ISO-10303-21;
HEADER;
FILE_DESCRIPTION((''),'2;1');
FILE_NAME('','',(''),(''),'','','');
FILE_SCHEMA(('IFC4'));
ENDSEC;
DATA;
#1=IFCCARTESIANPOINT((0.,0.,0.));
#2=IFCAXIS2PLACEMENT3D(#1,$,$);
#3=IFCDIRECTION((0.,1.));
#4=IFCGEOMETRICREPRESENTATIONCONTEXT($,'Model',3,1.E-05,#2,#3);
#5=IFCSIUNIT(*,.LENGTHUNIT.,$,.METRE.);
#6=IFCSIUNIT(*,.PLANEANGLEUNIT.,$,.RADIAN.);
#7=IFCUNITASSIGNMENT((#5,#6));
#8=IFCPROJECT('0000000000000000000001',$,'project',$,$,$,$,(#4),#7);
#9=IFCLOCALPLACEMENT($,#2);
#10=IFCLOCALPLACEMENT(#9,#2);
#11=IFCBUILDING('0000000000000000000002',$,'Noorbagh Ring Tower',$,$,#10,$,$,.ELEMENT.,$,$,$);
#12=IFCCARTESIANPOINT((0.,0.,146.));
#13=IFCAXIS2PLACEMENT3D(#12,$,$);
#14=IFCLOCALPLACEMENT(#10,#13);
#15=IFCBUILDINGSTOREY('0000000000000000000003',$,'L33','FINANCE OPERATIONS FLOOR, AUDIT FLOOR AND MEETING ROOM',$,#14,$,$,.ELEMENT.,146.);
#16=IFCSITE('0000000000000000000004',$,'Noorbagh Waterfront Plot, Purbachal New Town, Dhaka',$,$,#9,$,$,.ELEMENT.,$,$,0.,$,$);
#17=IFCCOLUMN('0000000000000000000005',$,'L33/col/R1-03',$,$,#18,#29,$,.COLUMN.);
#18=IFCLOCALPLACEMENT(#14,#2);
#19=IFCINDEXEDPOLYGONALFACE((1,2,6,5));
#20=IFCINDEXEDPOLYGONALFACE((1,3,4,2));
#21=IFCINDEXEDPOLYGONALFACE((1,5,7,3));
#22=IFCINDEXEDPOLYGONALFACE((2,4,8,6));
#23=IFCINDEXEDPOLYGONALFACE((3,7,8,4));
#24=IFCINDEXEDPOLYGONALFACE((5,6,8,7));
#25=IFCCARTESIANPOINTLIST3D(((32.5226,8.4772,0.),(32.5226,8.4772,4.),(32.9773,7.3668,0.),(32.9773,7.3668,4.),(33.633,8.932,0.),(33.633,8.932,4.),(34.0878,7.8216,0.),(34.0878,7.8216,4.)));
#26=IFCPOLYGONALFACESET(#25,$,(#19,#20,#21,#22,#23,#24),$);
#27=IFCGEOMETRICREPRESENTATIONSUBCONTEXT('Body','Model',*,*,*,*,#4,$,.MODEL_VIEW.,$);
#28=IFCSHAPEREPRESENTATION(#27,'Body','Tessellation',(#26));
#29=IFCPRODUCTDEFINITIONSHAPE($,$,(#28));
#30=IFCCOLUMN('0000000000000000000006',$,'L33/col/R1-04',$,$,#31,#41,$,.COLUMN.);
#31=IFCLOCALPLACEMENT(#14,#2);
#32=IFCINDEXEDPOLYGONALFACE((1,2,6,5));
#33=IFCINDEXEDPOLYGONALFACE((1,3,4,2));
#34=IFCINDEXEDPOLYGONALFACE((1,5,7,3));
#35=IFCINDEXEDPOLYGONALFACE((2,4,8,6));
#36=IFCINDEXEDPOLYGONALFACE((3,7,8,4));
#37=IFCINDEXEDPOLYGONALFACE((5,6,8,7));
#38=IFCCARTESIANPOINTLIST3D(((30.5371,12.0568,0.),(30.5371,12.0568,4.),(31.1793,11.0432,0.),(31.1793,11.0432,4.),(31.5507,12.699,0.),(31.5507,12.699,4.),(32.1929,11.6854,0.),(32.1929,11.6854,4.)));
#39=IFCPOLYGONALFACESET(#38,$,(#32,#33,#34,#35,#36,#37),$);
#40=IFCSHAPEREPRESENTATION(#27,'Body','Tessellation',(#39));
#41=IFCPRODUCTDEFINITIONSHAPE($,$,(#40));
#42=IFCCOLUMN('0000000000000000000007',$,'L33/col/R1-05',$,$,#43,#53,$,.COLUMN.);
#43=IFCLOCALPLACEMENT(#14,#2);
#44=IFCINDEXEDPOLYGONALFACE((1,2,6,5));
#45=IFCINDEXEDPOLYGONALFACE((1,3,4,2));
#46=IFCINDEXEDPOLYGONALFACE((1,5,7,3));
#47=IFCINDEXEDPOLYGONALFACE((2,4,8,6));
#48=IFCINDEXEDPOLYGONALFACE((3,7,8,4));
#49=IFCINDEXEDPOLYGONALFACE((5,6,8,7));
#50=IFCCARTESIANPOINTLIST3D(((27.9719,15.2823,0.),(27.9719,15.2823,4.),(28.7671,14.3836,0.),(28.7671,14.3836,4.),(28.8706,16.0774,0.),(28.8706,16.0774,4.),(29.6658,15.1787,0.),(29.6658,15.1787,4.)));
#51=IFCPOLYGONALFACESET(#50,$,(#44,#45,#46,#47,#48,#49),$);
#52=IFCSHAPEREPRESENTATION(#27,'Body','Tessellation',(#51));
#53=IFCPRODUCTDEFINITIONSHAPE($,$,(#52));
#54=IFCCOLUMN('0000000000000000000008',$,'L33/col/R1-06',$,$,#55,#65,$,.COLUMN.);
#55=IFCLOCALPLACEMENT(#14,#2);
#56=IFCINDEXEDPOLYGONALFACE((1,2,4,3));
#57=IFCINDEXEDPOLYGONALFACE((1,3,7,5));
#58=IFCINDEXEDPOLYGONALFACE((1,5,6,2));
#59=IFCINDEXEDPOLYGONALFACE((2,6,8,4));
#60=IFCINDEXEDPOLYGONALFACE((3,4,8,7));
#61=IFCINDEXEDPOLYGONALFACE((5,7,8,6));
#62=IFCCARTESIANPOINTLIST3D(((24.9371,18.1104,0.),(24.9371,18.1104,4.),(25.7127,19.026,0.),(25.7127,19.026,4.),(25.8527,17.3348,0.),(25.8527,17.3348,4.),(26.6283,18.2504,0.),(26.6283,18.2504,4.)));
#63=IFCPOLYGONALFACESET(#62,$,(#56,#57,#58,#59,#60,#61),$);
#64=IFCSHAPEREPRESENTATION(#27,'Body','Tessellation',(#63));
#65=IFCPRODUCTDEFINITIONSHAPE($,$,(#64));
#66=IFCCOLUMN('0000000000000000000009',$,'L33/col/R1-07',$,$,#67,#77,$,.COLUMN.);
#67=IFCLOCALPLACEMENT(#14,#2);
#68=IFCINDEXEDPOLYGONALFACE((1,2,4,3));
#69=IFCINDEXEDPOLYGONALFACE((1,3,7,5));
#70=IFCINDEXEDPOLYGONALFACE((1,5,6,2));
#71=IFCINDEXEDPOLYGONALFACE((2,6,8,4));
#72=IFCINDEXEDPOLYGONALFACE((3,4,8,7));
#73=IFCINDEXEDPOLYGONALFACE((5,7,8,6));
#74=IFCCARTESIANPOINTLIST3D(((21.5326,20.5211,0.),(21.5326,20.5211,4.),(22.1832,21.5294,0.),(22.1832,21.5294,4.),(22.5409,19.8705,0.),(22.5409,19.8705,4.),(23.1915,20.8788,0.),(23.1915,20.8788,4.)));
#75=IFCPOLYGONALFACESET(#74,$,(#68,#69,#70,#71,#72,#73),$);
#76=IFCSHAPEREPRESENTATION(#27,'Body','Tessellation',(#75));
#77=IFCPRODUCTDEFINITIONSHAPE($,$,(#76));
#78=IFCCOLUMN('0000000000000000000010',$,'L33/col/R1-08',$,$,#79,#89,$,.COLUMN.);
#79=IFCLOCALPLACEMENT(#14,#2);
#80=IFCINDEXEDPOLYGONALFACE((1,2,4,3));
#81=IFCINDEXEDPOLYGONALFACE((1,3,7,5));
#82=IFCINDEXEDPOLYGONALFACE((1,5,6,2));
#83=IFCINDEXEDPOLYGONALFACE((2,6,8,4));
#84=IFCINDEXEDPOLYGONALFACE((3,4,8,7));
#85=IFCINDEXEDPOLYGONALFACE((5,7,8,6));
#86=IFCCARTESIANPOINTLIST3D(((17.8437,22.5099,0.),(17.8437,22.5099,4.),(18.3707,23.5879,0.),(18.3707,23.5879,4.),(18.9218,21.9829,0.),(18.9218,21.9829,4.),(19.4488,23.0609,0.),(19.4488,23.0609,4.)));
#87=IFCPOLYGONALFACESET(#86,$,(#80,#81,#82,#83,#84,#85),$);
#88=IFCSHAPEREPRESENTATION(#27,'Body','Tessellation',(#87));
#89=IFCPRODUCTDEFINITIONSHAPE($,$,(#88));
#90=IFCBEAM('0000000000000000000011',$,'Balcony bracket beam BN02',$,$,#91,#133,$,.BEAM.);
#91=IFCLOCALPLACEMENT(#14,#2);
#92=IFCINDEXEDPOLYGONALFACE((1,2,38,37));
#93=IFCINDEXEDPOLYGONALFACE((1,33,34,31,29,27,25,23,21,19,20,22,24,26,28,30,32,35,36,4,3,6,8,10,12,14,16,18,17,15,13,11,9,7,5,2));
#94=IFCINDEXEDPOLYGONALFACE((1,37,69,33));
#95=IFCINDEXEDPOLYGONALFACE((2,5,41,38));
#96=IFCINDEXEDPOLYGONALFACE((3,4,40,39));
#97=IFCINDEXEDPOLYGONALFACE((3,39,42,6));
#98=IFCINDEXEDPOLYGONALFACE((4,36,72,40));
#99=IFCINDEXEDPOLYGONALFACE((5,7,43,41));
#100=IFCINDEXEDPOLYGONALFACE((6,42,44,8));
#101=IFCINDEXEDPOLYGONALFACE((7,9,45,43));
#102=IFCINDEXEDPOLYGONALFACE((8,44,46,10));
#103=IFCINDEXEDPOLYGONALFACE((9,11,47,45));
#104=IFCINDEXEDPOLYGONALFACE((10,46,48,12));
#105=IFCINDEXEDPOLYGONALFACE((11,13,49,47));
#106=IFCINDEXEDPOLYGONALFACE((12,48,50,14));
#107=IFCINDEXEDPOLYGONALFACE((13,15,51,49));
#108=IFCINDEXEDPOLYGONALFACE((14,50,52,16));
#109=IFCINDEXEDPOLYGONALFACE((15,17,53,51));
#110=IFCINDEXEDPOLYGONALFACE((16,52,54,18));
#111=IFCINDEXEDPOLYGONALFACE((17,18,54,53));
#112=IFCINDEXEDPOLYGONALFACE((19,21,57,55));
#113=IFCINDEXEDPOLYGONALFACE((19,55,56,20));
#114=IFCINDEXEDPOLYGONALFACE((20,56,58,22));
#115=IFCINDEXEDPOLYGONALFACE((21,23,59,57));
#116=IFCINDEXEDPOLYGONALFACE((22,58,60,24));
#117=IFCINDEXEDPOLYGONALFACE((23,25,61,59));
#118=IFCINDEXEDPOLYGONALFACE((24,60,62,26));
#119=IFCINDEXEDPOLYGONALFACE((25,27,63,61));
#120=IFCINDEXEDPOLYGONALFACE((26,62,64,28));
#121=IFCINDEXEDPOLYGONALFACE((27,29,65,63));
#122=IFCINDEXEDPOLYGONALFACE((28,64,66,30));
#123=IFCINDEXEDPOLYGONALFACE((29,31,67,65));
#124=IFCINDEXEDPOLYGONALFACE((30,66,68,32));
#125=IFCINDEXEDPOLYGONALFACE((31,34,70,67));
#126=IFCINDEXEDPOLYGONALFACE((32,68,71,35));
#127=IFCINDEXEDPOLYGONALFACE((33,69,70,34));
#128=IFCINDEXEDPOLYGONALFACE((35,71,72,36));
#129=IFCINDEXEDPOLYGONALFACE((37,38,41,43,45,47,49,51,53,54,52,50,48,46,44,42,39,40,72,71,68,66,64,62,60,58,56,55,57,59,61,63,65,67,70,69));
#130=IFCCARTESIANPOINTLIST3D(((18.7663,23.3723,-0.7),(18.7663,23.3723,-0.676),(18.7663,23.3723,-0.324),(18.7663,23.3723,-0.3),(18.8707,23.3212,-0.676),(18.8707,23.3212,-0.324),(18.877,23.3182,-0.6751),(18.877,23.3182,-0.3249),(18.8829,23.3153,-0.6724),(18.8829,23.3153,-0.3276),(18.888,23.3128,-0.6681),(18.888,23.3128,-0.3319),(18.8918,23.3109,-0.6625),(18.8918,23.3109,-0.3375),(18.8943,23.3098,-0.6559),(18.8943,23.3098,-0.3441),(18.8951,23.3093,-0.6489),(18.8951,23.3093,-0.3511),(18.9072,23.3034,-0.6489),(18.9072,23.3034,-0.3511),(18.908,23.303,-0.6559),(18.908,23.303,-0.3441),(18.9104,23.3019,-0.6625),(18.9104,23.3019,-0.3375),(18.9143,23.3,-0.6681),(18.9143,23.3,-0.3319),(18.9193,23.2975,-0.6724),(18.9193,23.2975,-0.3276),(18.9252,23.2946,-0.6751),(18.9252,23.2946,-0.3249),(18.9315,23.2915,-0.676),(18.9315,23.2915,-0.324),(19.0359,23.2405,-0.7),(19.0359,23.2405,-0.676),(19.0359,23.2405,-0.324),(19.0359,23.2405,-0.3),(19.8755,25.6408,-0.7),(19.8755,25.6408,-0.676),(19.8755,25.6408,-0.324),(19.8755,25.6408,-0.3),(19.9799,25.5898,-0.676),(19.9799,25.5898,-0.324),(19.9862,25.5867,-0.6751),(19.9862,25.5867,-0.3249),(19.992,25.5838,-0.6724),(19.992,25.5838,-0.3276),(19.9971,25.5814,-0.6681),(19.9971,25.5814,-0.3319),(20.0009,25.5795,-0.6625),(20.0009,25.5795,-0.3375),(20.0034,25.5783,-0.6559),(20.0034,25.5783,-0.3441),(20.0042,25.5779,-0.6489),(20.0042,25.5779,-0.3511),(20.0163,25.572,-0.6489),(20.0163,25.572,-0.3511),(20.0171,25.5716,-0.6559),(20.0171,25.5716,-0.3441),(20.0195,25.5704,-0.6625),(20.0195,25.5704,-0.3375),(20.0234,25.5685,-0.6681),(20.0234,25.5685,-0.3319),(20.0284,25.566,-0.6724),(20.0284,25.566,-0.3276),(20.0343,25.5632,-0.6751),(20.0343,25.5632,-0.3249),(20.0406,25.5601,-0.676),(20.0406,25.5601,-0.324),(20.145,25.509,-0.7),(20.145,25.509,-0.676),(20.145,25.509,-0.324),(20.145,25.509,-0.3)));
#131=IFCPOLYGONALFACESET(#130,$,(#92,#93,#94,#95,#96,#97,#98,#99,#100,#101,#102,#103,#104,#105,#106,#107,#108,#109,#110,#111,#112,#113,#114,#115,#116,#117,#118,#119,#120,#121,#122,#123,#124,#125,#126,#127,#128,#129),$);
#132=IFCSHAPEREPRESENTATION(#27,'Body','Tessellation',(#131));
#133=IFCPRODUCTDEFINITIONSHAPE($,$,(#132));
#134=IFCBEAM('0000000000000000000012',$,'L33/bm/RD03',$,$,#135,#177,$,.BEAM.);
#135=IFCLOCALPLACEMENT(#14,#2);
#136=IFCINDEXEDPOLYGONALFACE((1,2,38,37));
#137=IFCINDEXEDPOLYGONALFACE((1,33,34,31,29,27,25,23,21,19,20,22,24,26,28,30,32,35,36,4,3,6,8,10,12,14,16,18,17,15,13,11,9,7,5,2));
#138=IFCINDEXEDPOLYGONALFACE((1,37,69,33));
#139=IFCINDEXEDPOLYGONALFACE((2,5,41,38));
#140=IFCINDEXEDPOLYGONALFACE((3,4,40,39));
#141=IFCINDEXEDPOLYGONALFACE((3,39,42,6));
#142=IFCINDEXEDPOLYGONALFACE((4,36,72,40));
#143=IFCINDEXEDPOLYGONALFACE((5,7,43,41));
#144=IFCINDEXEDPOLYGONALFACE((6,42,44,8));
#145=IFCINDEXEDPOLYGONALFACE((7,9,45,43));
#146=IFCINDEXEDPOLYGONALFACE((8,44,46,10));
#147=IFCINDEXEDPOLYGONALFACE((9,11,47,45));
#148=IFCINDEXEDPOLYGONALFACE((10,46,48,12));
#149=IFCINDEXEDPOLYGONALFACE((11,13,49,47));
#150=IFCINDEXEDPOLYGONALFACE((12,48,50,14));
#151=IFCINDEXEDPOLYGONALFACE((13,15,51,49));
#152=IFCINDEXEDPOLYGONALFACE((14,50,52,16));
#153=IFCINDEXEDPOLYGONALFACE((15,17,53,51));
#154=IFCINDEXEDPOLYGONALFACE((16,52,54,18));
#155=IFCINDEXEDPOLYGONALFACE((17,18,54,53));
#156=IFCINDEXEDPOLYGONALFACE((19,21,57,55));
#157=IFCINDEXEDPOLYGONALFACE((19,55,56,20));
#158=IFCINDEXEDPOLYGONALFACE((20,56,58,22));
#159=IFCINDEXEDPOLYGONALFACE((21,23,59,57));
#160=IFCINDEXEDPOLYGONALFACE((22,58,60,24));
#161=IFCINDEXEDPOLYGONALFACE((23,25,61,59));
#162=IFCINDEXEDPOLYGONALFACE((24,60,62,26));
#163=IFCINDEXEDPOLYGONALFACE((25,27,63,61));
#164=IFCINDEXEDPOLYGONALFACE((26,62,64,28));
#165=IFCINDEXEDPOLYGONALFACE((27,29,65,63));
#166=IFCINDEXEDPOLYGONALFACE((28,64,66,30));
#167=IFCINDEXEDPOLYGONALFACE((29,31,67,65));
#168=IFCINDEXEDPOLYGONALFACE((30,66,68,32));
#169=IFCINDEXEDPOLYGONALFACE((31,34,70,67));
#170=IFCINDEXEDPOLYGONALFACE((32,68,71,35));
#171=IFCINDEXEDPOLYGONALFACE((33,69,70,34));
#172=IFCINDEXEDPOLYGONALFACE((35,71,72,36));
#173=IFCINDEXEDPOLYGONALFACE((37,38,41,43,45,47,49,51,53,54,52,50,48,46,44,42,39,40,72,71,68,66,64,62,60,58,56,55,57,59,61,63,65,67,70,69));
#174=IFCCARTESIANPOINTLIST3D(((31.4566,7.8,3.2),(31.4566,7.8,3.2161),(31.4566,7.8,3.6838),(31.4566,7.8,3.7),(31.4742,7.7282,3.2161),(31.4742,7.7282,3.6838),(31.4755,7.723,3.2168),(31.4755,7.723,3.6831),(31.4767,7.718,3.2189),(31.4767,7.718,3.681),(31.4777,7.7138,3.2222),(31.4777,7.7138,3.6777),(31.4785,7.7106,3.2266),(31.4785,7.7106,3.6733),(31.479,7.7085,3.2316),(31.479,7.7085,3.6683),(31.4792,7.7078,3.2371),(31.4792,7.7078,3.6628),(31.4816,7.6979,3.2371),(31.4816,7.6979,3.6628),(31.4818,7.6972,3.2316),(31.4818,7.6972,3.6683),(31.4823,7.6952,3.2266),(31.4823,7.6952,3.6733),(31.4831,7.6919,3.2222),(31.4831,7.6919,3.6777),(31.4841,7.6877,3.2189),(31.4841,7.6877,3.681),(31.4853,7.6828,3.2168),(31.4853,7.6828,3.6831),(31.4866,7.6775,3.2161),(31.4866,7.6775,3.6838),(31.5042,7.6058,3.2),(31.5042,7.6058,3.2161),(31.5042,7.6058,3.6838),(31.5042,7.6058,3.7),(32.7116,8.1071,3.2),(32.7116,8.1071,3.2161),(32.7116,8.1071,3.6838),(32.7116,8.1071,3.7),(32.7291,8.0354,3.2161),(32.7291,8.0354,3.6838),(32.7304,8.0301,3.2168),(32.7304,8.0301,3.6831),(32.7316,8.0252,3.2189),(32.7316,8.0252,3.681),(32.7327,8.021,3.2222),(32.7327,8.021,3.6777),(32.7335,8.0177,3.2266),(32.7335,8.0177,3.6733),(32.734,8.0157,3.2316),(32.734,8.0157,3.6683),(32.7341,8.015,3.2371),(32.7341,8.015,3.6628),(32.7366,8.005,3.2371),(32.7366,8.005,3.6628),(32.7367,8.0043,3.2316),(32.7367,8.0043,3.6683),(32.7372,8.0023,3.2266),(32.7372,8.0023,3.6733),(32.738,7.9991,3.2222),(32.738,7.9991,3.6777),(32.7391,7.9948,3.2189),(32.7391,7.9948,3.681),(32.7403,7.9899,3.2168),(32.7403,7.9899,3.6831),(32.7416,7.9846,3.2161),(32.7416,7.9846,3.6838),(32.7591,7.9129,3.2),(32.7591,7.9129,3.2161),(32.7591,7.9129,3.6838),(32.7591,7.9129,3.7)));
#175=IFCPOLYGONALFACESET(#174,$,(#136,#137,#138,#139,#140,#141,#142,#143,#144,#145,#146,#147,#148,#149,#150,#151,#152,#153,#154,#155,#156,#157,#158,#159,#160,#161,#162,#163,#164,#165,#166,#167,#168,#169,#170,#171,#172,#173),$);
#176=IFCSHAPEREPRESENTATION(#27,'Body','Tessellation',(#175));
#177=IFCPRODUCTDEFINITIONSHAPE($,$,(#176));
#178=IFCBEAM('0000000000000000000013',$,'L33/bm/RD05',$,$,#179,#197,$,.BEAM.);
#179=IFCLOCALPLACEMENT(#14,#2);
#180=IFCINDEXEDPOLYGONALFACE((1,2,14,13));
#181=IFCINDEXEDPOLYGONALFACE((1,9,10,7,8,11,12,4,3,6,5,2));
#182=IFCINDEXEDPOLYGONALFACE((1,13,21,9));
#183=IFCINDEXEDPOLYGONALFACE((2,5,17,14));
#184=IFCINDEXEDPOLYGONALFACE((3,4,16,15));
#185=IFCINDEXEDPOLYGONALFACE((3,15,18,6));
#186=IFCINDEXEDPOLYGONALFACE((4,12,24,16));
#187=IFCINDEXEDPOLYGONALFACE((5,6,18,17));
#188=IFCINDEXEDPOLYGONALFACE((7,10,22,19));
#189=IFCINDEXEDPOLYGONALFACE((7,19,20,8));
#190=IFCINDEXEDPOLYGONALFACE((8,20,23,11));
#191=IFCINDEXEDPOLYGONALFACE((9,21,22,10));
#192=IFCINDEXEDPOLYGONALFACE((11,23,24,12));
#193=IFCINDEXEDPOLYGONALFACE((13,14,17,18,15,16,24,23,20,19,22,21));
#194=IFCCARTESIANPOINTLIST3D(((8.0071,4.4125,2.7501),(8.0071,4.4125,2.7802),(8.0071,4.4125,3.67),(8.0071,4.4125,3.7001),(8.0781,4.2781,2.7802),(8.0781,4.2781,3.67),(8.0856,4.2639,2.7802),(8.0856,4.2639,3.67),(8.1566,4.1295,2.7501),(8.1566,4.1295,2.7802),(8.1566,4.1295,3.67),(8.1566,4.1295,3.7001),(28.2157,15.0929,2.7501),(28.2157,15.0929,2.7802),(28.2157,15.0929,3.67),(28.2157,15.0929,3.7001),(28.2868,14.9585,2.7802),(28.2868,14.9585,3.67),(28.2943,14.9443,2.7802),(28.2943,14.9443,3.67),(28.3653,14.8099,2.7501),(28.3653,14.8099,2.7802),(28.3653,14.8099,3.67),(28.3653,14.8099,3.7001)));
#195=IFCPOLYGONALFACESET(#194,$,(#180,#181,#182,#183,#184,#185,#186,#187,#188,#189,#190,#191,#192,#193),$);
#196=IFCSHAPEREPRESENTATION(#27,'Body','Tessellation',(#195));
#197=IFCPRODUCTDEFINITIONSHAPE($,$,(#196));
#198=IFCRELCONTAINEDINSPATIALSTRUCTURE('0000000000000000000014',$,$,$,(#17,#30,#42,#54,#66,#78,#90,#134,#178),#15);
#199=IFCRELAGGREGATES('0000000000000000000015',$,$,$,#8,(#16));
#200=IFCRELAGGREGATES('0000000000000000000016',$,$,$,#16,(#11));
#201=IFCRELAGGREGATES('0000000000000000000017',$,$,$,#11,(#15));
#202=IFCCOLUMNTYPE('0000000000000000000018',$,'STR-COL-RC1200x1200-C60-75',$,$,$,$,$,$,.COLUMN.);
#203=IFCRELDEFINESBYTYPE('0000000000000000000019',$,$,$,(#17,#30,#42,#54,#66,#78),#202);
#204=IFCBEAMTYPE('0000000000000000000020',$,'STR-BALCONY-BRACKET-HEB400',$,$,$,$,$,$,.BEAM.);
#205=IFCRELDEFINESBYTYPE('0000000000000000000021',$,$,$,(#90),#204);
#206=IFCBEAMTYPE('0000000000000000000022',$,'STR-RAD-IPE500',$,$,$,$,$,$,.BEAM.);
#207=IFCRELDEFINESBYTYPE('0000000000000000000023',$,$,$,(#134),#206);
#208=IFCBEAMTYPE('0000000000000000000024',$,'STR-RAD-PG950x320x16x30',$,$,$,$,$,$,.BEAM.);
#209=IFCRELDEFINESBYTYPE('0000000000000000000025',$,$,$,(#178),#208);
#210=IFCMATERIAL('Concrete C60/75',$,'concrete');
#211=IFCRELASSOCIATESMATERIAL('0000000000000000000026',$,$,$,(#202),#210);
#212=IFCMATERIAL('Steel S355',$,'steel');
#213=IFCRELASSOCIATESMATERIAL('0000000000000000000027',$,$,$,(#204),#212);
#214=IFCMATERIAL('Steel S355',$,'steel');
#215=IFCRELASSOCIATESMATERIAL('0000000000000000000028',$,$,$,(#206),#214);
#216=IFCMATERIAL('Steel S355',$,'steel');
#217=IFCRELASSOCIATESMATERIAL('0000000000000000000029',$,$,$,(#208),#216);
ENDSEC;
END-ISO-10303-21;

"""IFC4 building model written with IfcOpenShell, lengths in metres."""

from ifc_helpers import new_model, si_unit, direction, frame, origin, origin_2d, place, context, subcontext, project, spatial, rectangle, i_section, extrude, material, material_profile, profile_set, type_object, element, save


model = new_model("IFC4")

# Units and contexts
model_context = context("Model", 3, precision=1e-05, world=origin(), true_north=direction((0.0, 1.0)))
body_context = subcontext(model_context, "Body", "Model", "MODEL_VIEW")
ifc_project = project(units=[si_unit("LENGTHUNIT", "METRE"), si_unit("PLANEANGLEUNIT", "RADIAN")], contexts=[model_context])

# Site, building, storey
site_placement = place(None, origin())
site = spatial("IfcSite", under=ifc_project, at=site_placement, Name="Noorbagh Waterfront Plot, Purbachal New Town, Dhaka", CompositionType="ELEMENT", RefElevation=0.0)
building_placement = place(site_placement, origin())
building = spatial("IfcBuilding", under=site, at=building_placement, Name="Noorbagh Ring Tower", CompositionType="ELEMENT")
storey_placement = place(building_placement, frame((0.0, 0.0, 146.0)))
storey = spatial("IfcBuildingStorey", under=building, at=storey_placement, Name="L33", Description="FINANCE OPERATIONS FLOOR, AUDIT FLOOR AND MEETING ROOM", CompositionType="ELEMENT", Elevation=146.0)

# Columns
ifc_material_1 = material(Name="Concrete C60/75", Category="concrete")
ifc_material_profile_1 = material_profile(ifc_material_1, rectangle(XDim=1.2, YDim=1.2, at=origin_2d()), Name="RC1200x1200")
ifc_profile_set_1 = profile_set([ifc_material_profile_1], Name="Concrete C60/75")
column_type = type_object("IfcColumnType", Name="STR-COL-RC1200x1200-C60-75", PredefinedType="COLUMN", material=ifc_profile_set_1)
for number, where, z_axis, x_axis, name in (
    (1, (33.3052, 8.1494, 0.0), (0.0, 0.0, 1.0), (-0.378989, 0.925401, 0.0), "L33/col/R1-03"),
    (2, (31.365, 11.8711, 0.0), (0.0, 0.0, 1.0), (-0.53519, 0.844731, 0.0), "L33/col/R1-04"),
    (3, (28.8188, 15.2305, 0.0), (0.0, 0.0, 1.0), (-0.662636, 0.748942, 0.0), "L33/col/R1-05"),
    (4, (25.7827, 18.1804, 0.0), (0.0, 0.0, 1.0), (-0.763035, 0.646357, 0.0), "L33/col/R1-06"),
    (5, (22.3621, 20.7, 0.0), (0.0, 0.0, 1.0), (-0.840248, 0.542203, 0.0), "L33/col/R1-07"),
    (6, (18.6462, 22.7854, 0.0), (0.0, 0.0, 1.0), (-0.898399, 0.43918, 0.0), "L33/col/R1-08"),
):
    element("IfcColumn", number, at=place(storey_placement, frame(where, z_axis=z_axis, x_axis=x_axis)), inside=storey, type_object=column_type, Name=name, PredefinedType="COLUMN", context=body_context, shape_type="SweptSolid", body=[
        extrude(rectangle(XDim=1.2, YDim=1.2, at=origin_2d()), origin(), (0.0, 0.0, 1.0), 4.0),
    ])

# Beams
ifc_material_2 = material(Name="Steel S355", Category="steel")
ifc_material_profile_2 = material_profile(ifc_material_2, i_section(OverallWidth=0.3, OverallDepth=0.3999, WebThickness=0.0134, FlangeThickness=0.0239, FilletRadius=0.0271, at=origin_2d()), Name="HEB400")
ifc_profile_set_2 = profile_set([ifc_material_profile_2], Name="Steel S355")
beam_type_1 = type_object("IfcBeamType", Name="STR-BALCONY-BRACKET-HEB400", PredefinedType="BEAM", material=ifc_profile_set_2)
beam_1_placement = place(storey_placement, frame((18.9011, 23.3064, -0.5), z_axis=(0.439229, 0.898375, 0.0), x_axis=(-0.898375, 0.439229, 0.0)))
element("IfcBeam", 7, at=beam_1_placement, inside=storey, type_object=beam_type_1, Name="Balcony bracket beam BN02", PredefinedType="BEAM", context=body_context, shape_type="SweptSolid", body=[
    extrude(i_section(OverallWidth=0.3, OverallDepth=0.3999, WebThickness=0.0134, FlangeThickness=0.0239, FilletRadius=0.0271, at=origin_2d()), origin(), (0.0, 0.0, 1.0), 2.5251),
])
ifc_material_3 = material(Name="Steel S355", Category="steel")
ifc_material_profile_3 = material_profile(ifc_material_3, i_section(OverallWidth=0.2, OverallDepth=0.5, WebThickness=0.0103, FlangeThickness=0.0161, FilletRadius=0.021, at=origin_2d()), Name="IPE500")
ifc_profile_set_3 = profile_set([ifc_material_profile_3], Name="Steel S355")
beam_type_2 = type_object("IfcBeamType", Name="STR-RAD-IPE500", PredefinedType="BEAM", material=ifc_profile_set_3)
beam_2_placement = place(storey_placement, frame((32.7354, 8.01, 3.45), z_axis=(-0.971331, -0.23773, 0.0), x_axis=(0.23773, -0.971331, 0.0)))
element("IfcBeam", 8, at=beam_2_placement, inside=storey, type_object=beam_type_2, Name="L33/bm/RD03", PredefinedType="BEAM", context=body_context, shape_type="SweptSolid", body=[
    extrude(i_section(OverallWidth=0.2, OverallDepth=0.5, WebThickness=0.0103, FlangeThickness=0.0161, FilletRadius=0.021, at=origin_2d()), origin(), (0.0, 0.0, 1.0), 1.292),
])
ifc_material_4 = material(Name="Steel S355", Category="steel")
ifc_material_profile_4 = material_profile(ifc_material_4, i_section(OverallWidth=0.3201, OverallDepth=0.95, WebThickness=0.0161, FlangeThickness=0.03, at=origin_2d()), Name="PG950x320x16x30")
ifc_profile_set_4 = profile_set([ifc_material_profile_4], Name="Steel S355")
beam_type_3 = type_object("IfcBeamType", Name="STR-RAD-PG950x320x16x30", PredefinedType="BEAM", material=ifc_profile_set_4)
beam_3_placement = place(storey_placement, frame((28.2905, 14.9514, 3.2251), z_axis=(-0.884119, -0.467261, 0.0), x_axis=(0.467261, -0.884119, 0.0)))
element("IfcBeam", 9, at=beam_3_placement, inside=storey, type_object=beam_type_3, Name="L33/bm/RD05", PredefinedType="BEAM", context=body_context, shape_type="SweptSolid", body=[
    extrude(i_section(OverallWidth=0.3201, OverallDepth=0.95, WebThickness=0.0161, FlangeThickness=0.03, at=origin_2d()), origin(), (0.0, 0.0, 1.0), 22.8574),
])

save(model, "model.ifc")
